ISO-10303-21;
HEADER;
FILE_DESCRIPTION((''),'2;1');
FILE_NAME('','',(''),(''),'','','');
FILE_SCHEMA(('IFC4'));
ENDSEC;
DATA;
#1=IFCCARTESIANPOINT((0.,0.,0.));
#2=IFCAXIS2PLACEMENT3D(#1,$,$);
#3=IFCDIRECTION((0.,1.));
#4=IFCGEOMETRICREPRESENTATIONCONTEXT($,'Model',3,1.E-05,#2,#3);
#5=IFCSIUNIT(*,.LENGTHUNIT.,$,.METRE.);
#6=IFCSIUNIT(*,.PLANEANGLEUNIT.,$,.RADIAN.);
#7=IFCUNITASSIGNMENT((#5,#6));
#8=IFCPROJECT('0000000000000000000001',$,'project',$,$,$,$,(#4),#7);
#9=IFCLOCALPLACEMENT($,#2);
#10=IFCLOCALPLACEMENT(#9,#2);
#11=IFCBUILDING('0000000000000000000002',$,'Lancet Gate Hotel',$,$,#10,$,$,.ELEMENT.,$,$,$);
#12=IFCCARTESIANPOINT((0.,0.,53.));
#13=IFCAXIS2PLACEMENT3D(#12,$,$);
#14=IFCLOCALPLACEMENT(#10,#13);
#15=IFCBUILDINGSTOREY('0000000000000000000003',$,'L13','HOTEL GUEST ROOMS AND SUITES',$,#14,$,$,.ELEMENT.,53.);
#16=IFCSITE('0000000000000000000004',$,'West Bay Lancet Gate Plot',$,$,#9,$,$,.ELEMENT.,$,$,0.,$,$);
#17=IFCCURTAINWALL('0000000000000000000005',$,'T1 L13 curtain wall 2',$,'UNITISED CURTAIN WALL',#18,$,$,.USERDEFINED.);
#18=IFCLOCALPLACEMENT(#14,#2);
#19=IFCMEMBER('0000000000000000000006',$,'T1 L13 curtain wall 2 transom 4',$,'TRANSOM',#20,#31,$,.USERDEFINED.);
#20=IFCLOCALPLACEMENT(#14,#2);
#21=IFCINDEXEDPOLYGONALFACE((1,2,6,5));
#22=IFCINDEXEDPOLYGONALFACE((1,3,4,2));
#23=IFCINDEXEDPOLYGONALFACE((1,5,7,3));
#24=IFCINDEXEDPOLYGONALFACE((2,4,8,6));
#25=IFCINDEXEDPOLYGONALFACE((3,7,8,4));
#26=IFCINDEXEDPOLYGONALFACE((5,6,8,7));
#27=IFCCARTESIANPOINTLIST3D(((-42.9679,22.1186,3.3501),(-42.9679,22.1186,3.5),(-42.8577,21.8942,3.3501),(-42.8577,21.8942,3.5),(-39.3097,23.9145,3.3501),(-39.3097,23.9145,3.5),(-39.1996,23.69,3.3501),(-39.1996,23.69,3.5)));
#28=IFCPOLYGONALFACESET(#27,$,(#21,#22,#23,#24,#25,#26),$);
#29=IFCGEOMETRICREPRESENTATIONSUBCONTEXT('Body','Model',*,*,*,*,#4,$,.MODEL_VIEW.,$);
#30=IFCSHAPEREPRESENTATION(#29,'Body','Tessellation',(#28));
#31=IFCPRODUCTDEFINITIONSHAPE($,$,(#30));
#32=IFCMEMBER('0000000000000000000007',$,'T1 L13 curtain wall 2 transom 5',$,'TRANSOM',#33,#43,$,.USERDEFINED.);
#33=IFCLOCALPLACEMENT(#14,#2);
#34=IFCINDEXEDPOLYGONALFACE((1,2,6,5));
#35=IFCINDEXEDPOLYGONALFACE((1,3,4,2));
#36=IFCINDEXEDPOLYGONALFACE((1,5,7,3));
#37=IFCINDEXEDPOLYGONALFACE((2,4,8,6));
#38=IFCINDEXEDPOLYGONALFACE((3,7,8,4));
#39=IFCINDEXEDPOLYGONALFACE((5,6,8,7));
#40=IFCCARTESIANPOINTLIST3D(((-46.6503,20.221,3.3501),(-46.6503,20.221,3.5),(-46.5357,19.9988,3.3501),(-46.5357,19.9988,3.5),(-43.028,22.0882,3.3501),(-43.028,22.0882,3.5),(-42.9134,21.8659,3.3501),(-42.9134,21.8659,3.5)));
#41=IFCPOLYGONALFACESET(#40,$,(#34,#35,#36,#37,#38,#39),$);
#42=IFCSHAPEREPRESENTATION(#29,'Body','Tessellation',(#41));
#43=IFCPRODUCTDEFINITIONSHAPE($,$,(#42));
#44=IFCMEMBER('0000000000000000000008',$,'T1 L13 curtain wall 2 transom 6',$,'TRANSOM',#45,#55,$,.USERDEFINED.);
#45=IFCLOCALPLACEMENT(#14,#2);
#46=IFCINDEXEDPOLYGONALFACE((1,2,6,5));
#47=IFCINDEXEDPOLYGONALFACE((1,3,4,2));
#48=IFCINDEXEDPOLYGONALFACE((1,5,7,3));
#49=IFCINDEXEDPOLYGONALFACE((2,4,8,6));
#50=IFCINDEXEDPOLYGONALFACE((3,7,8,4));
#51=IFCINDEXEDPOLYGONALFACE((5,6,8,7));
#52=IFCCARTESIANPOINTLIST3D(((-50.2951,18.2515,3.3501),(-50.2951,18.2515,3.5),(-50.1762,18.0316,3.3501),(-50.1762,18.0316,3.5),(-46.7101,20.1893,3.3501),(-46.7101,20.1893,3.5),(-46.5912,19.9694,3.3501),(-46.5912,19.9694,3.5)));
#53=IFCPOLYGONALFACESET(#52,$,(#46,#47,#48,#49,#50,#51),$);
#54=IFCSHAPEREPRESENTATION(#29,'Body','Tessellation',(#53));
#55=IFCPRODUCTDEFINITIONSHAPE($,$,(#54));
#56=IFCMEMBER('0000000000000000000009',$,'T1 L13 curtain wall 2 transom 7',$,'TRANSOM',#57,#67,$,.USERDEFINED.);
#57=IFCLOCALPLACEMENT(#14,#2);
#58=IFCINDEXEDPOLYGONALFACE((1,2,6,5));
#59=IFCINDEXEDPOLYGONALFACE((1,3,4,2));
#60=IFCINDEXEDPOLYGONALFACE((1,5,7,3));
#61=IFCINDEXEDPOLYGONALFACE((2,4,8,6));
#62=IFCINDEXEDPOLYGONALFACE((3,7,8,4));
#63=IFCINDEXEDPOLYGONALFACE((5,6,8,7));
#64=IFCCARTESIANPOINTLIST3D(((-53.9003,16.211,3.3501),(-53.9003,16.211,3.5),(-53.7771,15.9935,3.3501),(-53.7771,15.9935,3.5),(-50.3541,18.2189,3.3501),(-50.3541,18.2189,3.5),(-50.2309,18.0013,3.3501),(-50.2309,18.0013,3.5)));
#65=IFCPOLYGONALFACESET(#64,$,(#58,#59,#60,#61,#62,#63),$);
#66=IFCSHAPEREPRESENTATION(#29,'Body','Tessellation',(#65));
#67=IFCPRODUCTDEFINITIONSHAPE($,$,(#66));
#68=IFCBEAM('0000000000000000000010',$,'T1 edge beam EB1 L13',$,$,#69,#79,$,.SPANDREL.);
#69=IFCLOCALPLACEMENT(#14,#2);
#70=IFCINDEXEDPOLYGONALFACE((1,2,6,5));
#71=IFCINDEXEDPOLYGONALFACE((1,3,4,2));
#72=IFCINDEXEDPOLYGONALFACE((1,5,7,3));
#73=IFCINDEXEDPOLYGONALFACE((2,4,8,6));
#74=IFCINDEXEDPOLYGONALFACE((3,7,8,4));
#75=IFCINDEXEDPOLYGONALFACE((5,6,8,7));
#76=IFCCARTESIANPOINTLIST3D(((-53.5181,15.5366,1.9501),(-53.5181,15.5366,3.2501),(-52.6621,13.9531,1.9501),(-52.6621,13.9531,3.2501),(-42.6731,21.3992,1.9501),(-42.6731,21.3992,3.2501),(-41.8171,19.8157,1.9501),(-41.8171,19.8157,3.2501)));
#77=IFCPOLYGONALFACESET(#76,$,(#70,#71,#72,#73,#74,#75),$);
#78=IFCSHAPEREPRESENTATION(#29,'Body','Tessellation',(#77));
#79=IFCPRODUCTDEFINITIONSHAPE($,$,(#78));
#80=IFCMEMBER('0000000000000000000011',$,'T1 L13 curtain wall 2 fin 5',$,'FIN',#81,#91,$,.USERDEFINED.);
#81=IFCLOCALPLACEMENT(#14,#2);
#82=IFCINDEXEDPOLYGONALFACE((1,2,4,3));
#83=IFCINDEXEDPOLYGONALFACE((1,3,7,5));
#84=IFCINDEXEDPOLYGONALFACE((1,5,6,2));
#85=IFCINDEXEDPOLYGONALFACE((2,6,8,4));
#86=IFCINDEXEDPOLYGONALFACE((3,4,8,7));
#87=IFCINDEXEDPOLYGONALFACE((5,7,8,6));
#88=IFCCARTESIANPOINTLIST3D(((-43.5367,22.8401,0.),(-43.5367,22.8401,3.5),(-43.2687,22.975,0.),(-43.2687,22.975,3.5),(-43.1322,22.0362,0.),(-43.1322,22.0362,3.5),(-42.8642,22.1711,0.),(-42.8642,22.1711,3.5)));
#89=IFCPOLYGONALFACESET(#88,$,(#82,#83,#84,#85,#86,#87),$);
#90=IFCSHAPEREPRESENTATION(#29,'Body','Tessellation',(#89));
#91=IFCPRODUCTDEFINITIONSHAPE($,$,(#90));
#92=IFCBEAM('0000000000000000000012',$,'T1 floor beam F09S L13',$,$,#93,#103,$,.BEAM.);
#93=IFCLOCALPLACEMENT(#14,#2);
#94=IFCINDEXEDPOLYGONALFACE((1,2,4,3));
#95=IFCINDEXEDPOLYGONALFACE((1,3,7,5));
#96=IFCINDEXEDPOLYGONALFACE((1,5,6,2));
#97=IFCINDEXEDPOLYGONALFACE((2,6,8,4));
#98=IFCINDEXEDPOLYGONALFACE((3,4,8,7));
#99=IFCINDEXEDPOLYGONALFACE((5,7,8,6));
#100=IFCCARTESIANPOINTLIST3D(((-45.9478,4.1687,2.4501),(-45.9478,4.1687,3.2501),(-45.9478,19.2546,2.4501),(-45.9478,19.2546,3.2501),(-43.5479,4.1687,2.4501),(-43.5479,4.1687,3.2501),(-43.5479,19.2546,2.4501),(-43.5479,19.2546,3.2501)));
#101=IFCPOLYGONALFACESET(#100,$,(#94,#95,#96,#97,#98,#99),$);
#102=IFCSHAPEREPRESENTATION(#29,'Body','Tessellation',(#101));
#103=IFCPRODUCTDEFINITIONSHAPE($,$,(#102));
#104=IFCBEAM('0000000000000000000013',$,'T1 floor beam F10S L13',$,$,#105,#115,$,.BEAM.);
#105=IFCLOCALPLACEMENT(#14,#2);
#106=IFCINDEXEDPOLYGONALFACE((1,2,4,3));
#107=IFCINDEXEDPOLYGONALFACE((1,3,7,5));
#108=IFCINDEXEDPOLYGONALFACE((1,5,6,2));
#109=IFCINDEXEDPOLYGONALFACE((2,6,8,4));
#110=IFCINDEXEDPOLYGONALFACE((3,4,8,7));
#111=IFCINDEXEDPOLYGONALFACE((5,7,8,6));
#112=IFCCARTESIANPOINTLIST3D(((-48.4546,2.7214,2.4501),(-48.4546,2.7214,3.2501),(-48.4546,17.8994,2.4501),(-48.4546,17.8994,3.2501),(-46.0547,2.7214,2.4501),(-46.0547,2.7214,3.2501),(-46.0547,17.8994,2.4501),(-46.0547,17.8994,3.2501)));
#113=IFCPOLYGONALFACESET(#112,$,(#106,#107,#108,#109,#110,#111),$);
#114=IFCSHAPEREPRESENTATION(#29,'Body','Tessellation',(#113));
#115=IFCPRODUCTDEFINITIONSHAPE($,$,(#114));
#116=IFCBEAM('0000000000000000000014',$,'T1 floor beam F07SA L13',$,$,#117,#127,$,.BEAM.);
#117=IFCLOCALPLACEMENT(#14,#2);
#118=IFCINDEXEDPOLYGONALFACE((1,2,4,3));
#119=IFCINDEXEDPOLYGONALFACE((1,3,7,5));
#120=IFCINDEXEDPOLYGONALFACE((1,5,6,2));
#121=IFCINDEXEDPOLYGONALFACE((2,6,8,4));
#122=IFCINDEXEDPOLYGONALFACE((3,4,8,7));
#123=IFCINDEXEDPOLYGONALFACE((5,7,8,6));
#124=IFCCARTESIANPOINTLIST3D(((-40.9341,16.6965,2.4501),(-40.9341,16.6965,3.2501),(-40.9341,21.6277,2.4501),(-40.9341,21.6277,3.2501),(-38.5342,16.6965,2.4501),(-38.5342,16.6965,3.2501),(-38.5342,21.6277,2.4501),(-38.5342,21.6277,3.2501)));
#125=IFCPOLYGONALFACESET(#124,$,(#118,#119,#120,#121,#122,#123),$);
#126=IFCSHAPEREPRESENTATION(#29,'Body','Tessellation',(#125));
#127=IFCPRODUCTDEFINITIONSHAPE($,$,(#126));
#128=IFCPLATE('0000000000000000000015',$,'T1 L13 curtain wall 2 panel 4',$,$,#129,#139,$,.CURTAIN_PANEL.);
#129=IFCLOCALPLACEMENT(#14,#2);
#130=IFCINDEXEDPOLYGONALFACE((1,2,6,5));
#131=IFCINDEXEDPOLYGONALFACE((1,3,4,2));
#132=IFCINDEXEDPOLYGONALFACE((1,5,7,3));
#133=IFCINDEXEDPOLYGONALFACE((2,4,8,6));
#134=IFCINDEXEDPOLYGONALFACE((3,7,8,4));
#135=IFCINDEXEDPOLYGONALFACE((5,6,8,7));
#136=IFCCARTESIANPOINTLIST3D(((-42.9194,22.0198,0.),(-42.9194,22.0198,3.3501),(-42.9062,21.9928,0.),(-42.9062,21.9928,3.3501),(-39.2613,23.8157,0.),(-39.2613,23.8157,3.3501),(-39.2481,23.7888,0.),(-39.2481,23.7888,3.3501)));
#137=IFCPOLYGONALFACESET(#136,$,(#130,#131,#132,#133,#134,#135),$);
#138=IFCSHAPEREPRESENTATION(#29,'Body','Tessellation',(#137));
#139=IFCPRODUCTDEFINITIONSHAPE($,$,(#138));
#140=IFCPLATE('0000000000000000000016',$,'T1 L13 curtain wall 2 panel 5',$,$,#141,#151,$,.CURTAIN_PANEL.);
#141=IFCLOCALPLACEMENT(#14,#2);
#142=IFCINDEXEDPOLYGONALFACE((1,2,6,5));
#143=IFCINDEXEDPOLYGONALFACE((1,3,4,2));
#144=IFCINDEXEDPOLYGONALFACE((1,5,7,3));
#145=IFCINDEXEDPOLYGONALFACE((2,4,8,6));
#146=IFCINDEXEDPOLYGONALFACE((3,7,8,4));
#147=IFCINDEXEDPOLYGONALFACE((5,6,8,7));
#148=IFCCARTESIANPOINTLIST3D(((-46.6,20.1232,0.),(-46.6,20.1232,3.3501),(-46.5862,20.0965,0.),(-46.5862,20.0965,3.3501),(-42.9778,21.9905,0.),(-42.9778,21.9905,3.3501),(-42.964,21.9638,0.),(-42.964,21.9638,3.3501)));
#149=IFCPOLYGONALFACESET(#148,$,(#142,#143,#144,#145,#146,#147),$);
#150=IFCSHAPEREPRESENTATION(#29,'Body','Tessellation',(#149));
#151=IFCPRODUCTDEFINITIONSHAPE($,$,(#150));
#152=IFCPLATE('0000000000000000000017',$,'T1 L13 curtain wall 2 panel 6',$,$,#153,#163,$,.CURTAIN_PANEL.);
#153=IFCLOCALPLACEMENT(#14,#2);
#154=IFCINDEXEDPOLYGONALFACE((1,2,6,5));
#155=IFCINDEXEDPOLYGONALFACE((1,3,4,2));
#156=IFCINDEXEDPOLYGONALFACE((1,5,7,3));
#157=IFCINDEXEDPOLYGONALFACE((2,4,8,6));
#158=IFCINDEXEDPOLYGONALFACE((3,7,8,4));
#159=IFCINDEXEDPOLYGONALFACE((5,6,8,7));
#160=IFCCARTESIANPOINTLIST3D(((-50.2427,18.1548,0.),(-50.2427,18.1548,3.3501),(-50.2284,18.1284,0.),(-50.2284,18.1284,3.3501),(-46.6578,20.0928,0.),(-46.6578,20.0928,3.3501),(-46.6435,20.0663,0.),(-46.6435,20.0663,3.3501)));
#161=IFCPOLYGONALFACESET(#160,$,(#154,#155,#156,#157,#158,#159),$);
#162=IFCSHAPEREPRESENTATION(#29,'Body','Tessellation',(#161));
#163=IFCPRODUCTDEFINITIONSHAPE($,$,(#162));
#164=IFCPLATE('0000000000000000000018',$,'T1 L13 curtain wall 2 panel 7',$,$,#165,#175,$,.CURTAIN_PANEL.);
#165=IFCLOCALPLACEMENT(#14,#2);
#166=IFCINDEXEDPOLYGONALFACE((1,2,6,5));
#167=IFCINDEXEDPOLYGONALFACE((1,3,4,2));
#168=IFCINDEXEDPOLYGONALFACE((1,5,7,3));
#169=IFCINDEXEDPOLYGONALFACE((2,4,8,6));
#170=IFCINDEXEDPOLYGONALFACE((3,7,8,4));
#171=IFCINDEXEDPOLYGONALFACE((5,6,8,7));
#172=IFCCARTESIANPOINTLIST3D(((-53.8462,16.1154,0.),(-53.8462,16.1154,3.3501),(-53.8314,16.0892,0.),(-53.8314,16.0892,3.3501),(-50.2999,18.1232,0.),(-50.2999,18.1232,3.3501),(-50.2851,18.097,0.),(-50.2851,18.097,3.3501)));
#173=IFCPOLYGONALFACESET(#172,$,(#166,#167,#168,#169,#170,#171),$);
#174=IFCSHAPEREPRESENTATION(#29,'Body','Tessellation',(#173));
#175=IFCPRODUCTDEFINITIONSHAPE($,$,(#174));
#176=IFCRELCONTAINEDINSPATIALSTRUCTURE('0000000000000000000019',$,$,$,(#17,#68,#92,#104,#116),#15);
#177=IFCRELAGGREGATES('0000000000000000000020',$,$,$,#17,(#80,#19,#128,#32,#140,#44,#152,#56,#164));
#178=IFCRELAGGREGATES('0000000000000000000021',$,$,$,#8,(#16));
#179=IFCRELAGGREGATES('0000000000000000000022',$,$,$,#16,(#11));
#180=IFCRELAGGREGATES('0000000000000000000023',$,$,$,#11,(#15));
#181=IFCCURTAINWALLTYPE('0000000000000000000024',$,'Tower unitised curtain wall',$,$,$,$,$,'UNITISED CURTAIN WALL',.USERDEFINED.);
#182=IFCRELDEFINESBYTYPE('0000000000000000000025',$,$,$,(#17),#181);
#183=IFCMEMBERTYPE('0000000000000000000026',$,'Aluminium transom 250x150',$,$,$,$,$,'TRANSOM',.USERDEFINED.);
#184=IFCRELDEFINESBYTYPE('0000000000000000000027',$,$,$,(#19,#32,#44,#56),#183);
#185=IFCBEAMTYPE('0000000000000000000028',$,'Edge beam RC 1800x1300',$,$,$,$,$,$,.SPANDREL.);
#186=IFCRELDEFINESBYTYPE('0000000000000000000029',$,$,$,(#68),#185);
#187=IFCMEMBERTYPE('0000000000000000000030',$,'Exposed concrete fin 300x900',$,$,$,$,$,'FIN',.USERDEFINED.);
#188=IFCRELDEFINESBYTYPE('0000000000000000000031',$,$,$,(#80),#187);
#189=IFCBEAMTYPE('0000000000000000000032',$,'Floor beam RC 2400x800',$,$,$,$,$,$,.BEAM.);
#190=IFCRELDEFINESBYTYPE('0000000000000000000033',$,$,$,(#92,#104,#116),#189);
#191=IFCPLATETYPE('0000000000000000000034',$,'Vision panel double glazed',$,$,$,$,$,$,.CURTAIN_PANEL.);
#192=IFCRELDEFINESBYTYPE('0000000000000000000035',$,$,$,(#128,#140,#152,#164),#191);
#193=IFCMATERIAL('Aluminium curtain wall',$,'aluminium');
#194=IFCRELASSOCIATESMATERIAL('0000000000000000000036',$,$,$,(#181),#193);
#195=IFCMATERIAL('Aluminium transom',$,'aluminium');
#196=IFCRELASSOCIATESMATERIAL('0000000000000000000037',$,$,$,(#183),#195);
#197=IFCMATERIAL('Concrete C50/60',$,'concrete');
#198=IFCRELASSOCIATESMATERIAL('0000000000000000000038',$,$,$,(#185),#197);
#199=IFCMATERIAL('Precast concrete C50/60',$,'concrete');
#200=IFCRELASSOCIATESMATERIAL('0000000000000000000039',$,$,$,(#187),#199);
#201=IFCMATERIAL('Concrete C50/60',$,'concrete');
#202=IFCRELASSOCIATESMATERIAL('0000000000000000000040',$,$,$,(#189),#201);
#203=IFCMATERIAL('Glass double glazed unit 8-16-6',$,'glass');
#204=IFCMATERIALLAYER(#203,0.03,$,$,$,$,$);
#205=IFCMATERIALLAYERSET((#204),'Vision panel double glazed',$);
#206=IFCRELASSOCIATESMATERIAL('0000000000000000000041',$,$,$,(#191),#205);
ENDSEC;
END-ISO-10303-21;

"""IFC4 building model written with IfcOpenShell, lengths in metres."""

from ifc_helpers import new_model, si_unit, direction, frame, origin, origin_2d, place, context, subcontext, project, spatial, rectangle, extrude, material, layer, layer_set, material_profile, profile_set, type_object, element, aggregate, save


model = new_model("IFC4")

# Units and contexts
model_context = context("Model", 3, precision=1e-05, world=origin(), true_north=direction((0.0, 1.0)))
body_context = subcontext(model_context, "Body", "Model", "MODEL_VIEW")
ifc_project = project(units=[si_unit("LENGTHUNIT", "METRE"), si_unit("PLANEANGLEUNIT", "RADIAN")], contexts=[model_context])

# Site, building, storey
site_placement = place(None, origin())
site = spatial("IfcSite", under=ifc_project, at=site_placement, Name="West Bay Lancet Gate Plot", CompositionType="ELEMENT", RefElevation=0.0)
building_placement = place(site_placement, origin())
building = spatial("IfcBuilding", under=site, at=building_placement, Name="Lancet Gate Hotel", CompositionType="ELEMENT")
storey_placement = place(building_placement, frame((0.0, 0.0, 53.0)))
storey = spatial("IfcBuildingStorey", under=building, at=storey_placement, Name="L13", Description="HOTEL GUEST ROOMS AND SUITES", CompositionType="ELEMENT", Elevation=53.0)

# Curtain wall, members
ifc_material_1 = material(Name="Aluminium curtain wall", Category="aluminium")
curtain_wall_type = type_object("IfcCurtainWallType", Name="Tower unitised curtain wall", ElementType="UNITISED CURTAIN WALL", PredefinedType="USERDEFINED", material=ifc_material_1)
curtain_wall_placement = place(storey_placement, origin())
curtain_wall = element("IfcCurtainWall", 1, at=curtain_wall_placement, inside=storey, type_object=curtain_wall_type, Name="T1 L13 curtain wall 2", ObjectType="UNITISED CURTAIN WALL", PredefinedType="USERDEFINED")
ifc_material_2 = material(Name="Aluminium transom", Category="aluminium")
ifc_material_profile_1 = material_profile(ifc_material_2, rectangle(XDim=0.25, YDim=0.1499, at=origin_2d()), Name="TRANSOM 250x150")
ifc_profile_set_1 = profile_set([ifc_material_profile_1], Name="Aluminium transom")
member_type_1 = type_object("IfcMemberType", Name="Aluminium transom 250x150", ElementType="TRANSOM", PredefinedType="USERDEFINED", material=ifc_profile_set_1)
member_1_placement = place(storey_placement, frame((-39.2546, 23.8022, 3.425), z_axis=(-0.897662, -0.440684, 0.0), x_axis=(0.440684, -0.897662, 0.0)))
member_1 = element("IfcMember", 2, at=member_1_placement, type_object=member_type_1, Name="T1 L13 curtain wall 2 transom 4", ObjectType="TRANSOM", PredefinedType="USERDEFINED", context=body_context, shape_type="SweptSolid", body=[
    extrude(rectangle(XDim=0.25, YDim=0.1499, at=origin_2d()), origin(), (0.0, 0.0, 1.0), 4.0752),
])
member_2_placement = place(storey_placement, frame((-42.9707, 21.9771, 3.425), z_axis=(-0.88886, -0.458179, 0.0), x_axis=(0.458179, -0.88886, 0.0)))
member_2 = element("IfcMember", 3, at=member_2_placement, type_object=member_type_1, Name="T1 L13 curtain wall 2 transom 5", ObjectType="TRANSOM", PredefinedType="USERDEFINED", context=body_context, shape_type="SweptSolid", body=[
    extrude(rectangle(XDim=0.25, YDim=0.1499, at=origin_2d()), origin(), (0.0, 0.0, 1.0), 4.0752),
])
member_3_placement = place(storey_placement, frame((-46.6506, 20.0793, 3.425), z_axis=(-0.879714, -0.475503, 0.0), x_axis=(0.475503, -0.879714, 0.0)))
member_3 = element("IfcMember", 4, at=member_3_placement, type_object=member_type_1, Name="T1 L13 curtain wall 2 transom 6", ObjectType="TRANSOM", PredefinedType="USERDEFINED", context=body_context, shape_type="SweptSolid", body=[
    extrude(rectangle(XDim=0.25, YDim=0.1499, at=origin_2d()), origin(), (0.0, 0.0, 1.0), 4.0752),
])
member_4_placement = place(storey_placement, frame((-50.2925, 18.1101, 3.425), z_axis=(-0.870198, -0.492703, 0.0), x_axis=(0.492703, -0.870198, 0.0)))
member_4 = element("IfcMember", 5, at=member_4_placement, type_object=member_type_1, Name="T1 L13 curtain wall 2 transom 7", ObjectType="TRANSOM", PredefinedType="USERDEFINED", context=body_context, shape_type="SweptSolid", body=[
    extrude(rectangle(XDim=0.25, YDim=0.1499, at=origin_2d()), origin(), (0.0, 0.0, 1.0), 4.0752),
])

# Beam
ifc_material_3 = material(Name="Concrete C50/60", Category="concrete")
ifc_material_profile_2 = material_profile(ifc_material_3, rectangle(XDim=1.8, YDim=1.3, at=origin_2d()), Name="RC 1800x1300")
ifc_profile_set_2 = profile_set([ifc_material_profile_2], Name="Concrete C50/60")
beam_type_1 = type_object("IfcBeamType", Name="Edge beam RC 1800x1300", PredefinedType="SPANDREL", material=ifc_profile_set_2)
beam_1_placement = place(storey_placement, frame((-42.2451, 20.6074, 2.6001), z_axis=(-0.879693, -0.475542, 0.0), x_axis=(0.475542, -0.879693, 0.0)))
element("IfcBeam", 6, at=beam_1_placement, inside=storey, type_object=beam_type_1, Name="T1 edge beam EB1 L13", PredefinedType="SPANDREL", context=body_context, shape_type="SweptSolid", body=[
    extrude(rectangle(XDim=1.8, YDim=1.3, at=origin_2d()), origin(), (0.0, 0.0, 1.0), 12.3281),
])

# Member
ifc_material_4 = material(Name="Precast concrete C50/60", Category="concrete")
ifc_material_profile_3 = material_profile(ifc_material_4, rectangle(XDim=0.3, YDim=0.8999, at=origin_2d()), Name="FIN 300x900")
ifc_profile_set_3 = profile_set([ifc_material_profile_3], Name="Precast concrete C50/60")
member_type_2 = type_object("IfcMemberType", Name="Exposed concrete fin 300x900", ElementType="FIN", PredefinedType="USERDEFINED", material=ifc_profile_set_3)
member_5_placement = place(storey_placement, frame((-43.2004, 22.5056, 0.0), z_axis=(0.0, 0.0, 1.0), x_axis=(-0.893292, -0.449478, 0.0)))
member_5 = element("IfcMember", 7, at=member_5_placement, type_object=member_type_2, Name="T1 L13 curtain wall 2 fin 5", ObjectType="FIN", PredefinedType="USERDEFINED", context=body_context, shape_type="SweptSolid", body=[
    extrude(rectangle(XDim=0.3, YDim=0.8999, at=origin_2d()), origin(), (0.0, 0.0, 1.0), 3.5),
])

# Beams
ifc_material_5 = material(Name="Concrete C50/60", Category="concrete")
ifc_material_profile_4 = material_profile(ifc_material_5, rectangle(XDim=2.3999, YDim=0.8, at=origin_2d()), Name="RC 2400x800")
ifc_profile_set_4 = profile_set([ifc_material_profile_4], Name="Concrete C50/60")
beam_type_2 = type_object("IfcBeamType", Name="Floor beam RC 2400x800", PredefinedType="BEAM", material=ifc_profile_set_4)
beam_2_placement = place(storey_placement, frame((-44.7478, 19.2546, 2.8501), z_axis=(0.0, -1.0, 0.0), x_axis=(1.0, 0.0, 0.0)))
element("IfcBeam", 8, at=beam_2_placement, inside=storey, type_object=beam_type_2, Name="T1 floor beam F09S L13", PredefinedType="BEAM", context=body_context, shape_type="SweptSolid", body=[
    extrude(rectangle(XDim=2.3999, YDim=0.8, at=origin_2d()), origin(), (0.0, 0.0, 1.0), 15.0859),
])
beam_3_placement = place(storey_placement, frame((-47.2546, 17.8994, 2.8501), z_axis=(0.0, -1.0, 0.0), x_axis=(1.0, 0.0, 0.0)))
element("IfcBeam", 9, at=beam_3_placement, inside=storey, type_object=beam_type_2, Name="T1 floor beam F10S L13", PredefinedType="BEAM", context=body_context, shape_type="SweptSolid", body=[
    extrude(rectangle(XDim=2.3999, YDim=0.8, at=origin_2d()), origin(), (0.0, 0.0, 1.0), 15.178),
])
beam_4_placement = place(storey_placement, frame((-39.7341, 21.6277, 2.8501), z_axis=(0.0, -1.0, 0.0), x_axis=(1.0, 0.0, 0.0)))
element("IfcBeam", 10, at=beam_4_placement, inside=storey, type_object=beam_type_2, Name="T1 floor beam F07SA L13", PredefinedType="BEAM", context=body_context, shape_type="SweptSolid", body=[
    extrude(rectangle(XDim=2.3999, YDim=0.8, at=origin_2d()), origin(), (0.0, 0.0, 1.0), 4.9312),
])

# Plates
ifc_material_6 = material(Name="Glass double glazed unit 8-16-6", Category="glass")
ifc_layer = layer(ifc_material_6, 0.03)
ifc_layer_set = layer_set([ifc_layer], Name="Vision panel double glazed")
plate_type = type_object("IfcPlateType", Name="Vision panel double glazed", PredefinedType="CURTAIN_PANEL", material=ifc_layer_set)
plate_1_placement = place(storey_placement, frame((-41.0837, 22.9043, 0.0), z_axis=(0.0, 0.0, 1.0), x_axis=(-0.897653, -0.440702, 0.0)))
plate_1 = element("IfcPlate", 11, at=plate_1_placement, type_object=plate_type, Name="T1 L13 curtain wall 2 panel 4", PredefinedType="CURTAIN_PANEL", context=body_context, shape_type="SweptSolid", body=[
    extrude(rectangle(XDim=4.0752, YDim=0.03, at=origin_2d()), origin(), (0.0, 0.0, 1.0), 3.3501),
])
plate_2_placement = place(storey_placement, frame((-44.782, 21.0435, 0.0), z_axis=(0.0, 0.0, 1.0), x_axis=(-0.888844, -0.45821, 0.0)))
plate_2 = element("IfcPlate", 12, at=plate_2_placement, type_object=plate_type, Name="T1 L13 curtain wall 2 panel 5", PredefinedType="CURTAIN_PANEL", context=body_context, shape_type="SweptSolid", body=[
    extrude(rectangle(XDim=4.0752, YDim=0.03, at=origin_2d()), origin(), (0.0, 0.0, 1.0), 3.3501),
])
plate_3_placement = place(storey_placement, frame((-48.4431, 19.1106, 0.0), z_axis=(0.0, 0.0, 1.0), x_axis=(-0.879693, -0.475541, 0.0)))
plate_3 = element("IfcPlate", 13, at=plate_3_placement, type_object=plate_type, Name="T1 L13 curtain wall 2 panel 6", PredefinedType="CURTAIN_PANEL", context=body_context, shape_type="SweptSolid", body=[
    extrude(rectangle(XDim=4.0752, YDim=0.03, at=origin_2d()), origin(), (0.0, 0.0, 1.0), 3.3501),
])
plate_4_placement = place(storey_placement, frame((-52.0657, 17.1062, 0.0), z_axis=(0.0, 0.0, 1.0), x_axis=(-0.870205, -0.49269, 0.0)))
plate_4 = element("IfcPlate", 14, at=plate_4_placement, type_object=plate_type, Name="T1 L13 curtain wall 2 panel 7", PredefinedType="CURTAIN_PANEL", context=body_context, shape_type="SweptSolid", body=[
    extrude(rectangle(XDim=4.0752, YDim=0.03, at=origin_2d()), origin(), (0.0, 0.0, 1.0), 3.3501),
])
aggregate(curtain_wall, [member_5, member_1, plate_1, member_2, plate_2, member_3, plate_3, member_4, plate_4])

save(model, "model.ifc")
